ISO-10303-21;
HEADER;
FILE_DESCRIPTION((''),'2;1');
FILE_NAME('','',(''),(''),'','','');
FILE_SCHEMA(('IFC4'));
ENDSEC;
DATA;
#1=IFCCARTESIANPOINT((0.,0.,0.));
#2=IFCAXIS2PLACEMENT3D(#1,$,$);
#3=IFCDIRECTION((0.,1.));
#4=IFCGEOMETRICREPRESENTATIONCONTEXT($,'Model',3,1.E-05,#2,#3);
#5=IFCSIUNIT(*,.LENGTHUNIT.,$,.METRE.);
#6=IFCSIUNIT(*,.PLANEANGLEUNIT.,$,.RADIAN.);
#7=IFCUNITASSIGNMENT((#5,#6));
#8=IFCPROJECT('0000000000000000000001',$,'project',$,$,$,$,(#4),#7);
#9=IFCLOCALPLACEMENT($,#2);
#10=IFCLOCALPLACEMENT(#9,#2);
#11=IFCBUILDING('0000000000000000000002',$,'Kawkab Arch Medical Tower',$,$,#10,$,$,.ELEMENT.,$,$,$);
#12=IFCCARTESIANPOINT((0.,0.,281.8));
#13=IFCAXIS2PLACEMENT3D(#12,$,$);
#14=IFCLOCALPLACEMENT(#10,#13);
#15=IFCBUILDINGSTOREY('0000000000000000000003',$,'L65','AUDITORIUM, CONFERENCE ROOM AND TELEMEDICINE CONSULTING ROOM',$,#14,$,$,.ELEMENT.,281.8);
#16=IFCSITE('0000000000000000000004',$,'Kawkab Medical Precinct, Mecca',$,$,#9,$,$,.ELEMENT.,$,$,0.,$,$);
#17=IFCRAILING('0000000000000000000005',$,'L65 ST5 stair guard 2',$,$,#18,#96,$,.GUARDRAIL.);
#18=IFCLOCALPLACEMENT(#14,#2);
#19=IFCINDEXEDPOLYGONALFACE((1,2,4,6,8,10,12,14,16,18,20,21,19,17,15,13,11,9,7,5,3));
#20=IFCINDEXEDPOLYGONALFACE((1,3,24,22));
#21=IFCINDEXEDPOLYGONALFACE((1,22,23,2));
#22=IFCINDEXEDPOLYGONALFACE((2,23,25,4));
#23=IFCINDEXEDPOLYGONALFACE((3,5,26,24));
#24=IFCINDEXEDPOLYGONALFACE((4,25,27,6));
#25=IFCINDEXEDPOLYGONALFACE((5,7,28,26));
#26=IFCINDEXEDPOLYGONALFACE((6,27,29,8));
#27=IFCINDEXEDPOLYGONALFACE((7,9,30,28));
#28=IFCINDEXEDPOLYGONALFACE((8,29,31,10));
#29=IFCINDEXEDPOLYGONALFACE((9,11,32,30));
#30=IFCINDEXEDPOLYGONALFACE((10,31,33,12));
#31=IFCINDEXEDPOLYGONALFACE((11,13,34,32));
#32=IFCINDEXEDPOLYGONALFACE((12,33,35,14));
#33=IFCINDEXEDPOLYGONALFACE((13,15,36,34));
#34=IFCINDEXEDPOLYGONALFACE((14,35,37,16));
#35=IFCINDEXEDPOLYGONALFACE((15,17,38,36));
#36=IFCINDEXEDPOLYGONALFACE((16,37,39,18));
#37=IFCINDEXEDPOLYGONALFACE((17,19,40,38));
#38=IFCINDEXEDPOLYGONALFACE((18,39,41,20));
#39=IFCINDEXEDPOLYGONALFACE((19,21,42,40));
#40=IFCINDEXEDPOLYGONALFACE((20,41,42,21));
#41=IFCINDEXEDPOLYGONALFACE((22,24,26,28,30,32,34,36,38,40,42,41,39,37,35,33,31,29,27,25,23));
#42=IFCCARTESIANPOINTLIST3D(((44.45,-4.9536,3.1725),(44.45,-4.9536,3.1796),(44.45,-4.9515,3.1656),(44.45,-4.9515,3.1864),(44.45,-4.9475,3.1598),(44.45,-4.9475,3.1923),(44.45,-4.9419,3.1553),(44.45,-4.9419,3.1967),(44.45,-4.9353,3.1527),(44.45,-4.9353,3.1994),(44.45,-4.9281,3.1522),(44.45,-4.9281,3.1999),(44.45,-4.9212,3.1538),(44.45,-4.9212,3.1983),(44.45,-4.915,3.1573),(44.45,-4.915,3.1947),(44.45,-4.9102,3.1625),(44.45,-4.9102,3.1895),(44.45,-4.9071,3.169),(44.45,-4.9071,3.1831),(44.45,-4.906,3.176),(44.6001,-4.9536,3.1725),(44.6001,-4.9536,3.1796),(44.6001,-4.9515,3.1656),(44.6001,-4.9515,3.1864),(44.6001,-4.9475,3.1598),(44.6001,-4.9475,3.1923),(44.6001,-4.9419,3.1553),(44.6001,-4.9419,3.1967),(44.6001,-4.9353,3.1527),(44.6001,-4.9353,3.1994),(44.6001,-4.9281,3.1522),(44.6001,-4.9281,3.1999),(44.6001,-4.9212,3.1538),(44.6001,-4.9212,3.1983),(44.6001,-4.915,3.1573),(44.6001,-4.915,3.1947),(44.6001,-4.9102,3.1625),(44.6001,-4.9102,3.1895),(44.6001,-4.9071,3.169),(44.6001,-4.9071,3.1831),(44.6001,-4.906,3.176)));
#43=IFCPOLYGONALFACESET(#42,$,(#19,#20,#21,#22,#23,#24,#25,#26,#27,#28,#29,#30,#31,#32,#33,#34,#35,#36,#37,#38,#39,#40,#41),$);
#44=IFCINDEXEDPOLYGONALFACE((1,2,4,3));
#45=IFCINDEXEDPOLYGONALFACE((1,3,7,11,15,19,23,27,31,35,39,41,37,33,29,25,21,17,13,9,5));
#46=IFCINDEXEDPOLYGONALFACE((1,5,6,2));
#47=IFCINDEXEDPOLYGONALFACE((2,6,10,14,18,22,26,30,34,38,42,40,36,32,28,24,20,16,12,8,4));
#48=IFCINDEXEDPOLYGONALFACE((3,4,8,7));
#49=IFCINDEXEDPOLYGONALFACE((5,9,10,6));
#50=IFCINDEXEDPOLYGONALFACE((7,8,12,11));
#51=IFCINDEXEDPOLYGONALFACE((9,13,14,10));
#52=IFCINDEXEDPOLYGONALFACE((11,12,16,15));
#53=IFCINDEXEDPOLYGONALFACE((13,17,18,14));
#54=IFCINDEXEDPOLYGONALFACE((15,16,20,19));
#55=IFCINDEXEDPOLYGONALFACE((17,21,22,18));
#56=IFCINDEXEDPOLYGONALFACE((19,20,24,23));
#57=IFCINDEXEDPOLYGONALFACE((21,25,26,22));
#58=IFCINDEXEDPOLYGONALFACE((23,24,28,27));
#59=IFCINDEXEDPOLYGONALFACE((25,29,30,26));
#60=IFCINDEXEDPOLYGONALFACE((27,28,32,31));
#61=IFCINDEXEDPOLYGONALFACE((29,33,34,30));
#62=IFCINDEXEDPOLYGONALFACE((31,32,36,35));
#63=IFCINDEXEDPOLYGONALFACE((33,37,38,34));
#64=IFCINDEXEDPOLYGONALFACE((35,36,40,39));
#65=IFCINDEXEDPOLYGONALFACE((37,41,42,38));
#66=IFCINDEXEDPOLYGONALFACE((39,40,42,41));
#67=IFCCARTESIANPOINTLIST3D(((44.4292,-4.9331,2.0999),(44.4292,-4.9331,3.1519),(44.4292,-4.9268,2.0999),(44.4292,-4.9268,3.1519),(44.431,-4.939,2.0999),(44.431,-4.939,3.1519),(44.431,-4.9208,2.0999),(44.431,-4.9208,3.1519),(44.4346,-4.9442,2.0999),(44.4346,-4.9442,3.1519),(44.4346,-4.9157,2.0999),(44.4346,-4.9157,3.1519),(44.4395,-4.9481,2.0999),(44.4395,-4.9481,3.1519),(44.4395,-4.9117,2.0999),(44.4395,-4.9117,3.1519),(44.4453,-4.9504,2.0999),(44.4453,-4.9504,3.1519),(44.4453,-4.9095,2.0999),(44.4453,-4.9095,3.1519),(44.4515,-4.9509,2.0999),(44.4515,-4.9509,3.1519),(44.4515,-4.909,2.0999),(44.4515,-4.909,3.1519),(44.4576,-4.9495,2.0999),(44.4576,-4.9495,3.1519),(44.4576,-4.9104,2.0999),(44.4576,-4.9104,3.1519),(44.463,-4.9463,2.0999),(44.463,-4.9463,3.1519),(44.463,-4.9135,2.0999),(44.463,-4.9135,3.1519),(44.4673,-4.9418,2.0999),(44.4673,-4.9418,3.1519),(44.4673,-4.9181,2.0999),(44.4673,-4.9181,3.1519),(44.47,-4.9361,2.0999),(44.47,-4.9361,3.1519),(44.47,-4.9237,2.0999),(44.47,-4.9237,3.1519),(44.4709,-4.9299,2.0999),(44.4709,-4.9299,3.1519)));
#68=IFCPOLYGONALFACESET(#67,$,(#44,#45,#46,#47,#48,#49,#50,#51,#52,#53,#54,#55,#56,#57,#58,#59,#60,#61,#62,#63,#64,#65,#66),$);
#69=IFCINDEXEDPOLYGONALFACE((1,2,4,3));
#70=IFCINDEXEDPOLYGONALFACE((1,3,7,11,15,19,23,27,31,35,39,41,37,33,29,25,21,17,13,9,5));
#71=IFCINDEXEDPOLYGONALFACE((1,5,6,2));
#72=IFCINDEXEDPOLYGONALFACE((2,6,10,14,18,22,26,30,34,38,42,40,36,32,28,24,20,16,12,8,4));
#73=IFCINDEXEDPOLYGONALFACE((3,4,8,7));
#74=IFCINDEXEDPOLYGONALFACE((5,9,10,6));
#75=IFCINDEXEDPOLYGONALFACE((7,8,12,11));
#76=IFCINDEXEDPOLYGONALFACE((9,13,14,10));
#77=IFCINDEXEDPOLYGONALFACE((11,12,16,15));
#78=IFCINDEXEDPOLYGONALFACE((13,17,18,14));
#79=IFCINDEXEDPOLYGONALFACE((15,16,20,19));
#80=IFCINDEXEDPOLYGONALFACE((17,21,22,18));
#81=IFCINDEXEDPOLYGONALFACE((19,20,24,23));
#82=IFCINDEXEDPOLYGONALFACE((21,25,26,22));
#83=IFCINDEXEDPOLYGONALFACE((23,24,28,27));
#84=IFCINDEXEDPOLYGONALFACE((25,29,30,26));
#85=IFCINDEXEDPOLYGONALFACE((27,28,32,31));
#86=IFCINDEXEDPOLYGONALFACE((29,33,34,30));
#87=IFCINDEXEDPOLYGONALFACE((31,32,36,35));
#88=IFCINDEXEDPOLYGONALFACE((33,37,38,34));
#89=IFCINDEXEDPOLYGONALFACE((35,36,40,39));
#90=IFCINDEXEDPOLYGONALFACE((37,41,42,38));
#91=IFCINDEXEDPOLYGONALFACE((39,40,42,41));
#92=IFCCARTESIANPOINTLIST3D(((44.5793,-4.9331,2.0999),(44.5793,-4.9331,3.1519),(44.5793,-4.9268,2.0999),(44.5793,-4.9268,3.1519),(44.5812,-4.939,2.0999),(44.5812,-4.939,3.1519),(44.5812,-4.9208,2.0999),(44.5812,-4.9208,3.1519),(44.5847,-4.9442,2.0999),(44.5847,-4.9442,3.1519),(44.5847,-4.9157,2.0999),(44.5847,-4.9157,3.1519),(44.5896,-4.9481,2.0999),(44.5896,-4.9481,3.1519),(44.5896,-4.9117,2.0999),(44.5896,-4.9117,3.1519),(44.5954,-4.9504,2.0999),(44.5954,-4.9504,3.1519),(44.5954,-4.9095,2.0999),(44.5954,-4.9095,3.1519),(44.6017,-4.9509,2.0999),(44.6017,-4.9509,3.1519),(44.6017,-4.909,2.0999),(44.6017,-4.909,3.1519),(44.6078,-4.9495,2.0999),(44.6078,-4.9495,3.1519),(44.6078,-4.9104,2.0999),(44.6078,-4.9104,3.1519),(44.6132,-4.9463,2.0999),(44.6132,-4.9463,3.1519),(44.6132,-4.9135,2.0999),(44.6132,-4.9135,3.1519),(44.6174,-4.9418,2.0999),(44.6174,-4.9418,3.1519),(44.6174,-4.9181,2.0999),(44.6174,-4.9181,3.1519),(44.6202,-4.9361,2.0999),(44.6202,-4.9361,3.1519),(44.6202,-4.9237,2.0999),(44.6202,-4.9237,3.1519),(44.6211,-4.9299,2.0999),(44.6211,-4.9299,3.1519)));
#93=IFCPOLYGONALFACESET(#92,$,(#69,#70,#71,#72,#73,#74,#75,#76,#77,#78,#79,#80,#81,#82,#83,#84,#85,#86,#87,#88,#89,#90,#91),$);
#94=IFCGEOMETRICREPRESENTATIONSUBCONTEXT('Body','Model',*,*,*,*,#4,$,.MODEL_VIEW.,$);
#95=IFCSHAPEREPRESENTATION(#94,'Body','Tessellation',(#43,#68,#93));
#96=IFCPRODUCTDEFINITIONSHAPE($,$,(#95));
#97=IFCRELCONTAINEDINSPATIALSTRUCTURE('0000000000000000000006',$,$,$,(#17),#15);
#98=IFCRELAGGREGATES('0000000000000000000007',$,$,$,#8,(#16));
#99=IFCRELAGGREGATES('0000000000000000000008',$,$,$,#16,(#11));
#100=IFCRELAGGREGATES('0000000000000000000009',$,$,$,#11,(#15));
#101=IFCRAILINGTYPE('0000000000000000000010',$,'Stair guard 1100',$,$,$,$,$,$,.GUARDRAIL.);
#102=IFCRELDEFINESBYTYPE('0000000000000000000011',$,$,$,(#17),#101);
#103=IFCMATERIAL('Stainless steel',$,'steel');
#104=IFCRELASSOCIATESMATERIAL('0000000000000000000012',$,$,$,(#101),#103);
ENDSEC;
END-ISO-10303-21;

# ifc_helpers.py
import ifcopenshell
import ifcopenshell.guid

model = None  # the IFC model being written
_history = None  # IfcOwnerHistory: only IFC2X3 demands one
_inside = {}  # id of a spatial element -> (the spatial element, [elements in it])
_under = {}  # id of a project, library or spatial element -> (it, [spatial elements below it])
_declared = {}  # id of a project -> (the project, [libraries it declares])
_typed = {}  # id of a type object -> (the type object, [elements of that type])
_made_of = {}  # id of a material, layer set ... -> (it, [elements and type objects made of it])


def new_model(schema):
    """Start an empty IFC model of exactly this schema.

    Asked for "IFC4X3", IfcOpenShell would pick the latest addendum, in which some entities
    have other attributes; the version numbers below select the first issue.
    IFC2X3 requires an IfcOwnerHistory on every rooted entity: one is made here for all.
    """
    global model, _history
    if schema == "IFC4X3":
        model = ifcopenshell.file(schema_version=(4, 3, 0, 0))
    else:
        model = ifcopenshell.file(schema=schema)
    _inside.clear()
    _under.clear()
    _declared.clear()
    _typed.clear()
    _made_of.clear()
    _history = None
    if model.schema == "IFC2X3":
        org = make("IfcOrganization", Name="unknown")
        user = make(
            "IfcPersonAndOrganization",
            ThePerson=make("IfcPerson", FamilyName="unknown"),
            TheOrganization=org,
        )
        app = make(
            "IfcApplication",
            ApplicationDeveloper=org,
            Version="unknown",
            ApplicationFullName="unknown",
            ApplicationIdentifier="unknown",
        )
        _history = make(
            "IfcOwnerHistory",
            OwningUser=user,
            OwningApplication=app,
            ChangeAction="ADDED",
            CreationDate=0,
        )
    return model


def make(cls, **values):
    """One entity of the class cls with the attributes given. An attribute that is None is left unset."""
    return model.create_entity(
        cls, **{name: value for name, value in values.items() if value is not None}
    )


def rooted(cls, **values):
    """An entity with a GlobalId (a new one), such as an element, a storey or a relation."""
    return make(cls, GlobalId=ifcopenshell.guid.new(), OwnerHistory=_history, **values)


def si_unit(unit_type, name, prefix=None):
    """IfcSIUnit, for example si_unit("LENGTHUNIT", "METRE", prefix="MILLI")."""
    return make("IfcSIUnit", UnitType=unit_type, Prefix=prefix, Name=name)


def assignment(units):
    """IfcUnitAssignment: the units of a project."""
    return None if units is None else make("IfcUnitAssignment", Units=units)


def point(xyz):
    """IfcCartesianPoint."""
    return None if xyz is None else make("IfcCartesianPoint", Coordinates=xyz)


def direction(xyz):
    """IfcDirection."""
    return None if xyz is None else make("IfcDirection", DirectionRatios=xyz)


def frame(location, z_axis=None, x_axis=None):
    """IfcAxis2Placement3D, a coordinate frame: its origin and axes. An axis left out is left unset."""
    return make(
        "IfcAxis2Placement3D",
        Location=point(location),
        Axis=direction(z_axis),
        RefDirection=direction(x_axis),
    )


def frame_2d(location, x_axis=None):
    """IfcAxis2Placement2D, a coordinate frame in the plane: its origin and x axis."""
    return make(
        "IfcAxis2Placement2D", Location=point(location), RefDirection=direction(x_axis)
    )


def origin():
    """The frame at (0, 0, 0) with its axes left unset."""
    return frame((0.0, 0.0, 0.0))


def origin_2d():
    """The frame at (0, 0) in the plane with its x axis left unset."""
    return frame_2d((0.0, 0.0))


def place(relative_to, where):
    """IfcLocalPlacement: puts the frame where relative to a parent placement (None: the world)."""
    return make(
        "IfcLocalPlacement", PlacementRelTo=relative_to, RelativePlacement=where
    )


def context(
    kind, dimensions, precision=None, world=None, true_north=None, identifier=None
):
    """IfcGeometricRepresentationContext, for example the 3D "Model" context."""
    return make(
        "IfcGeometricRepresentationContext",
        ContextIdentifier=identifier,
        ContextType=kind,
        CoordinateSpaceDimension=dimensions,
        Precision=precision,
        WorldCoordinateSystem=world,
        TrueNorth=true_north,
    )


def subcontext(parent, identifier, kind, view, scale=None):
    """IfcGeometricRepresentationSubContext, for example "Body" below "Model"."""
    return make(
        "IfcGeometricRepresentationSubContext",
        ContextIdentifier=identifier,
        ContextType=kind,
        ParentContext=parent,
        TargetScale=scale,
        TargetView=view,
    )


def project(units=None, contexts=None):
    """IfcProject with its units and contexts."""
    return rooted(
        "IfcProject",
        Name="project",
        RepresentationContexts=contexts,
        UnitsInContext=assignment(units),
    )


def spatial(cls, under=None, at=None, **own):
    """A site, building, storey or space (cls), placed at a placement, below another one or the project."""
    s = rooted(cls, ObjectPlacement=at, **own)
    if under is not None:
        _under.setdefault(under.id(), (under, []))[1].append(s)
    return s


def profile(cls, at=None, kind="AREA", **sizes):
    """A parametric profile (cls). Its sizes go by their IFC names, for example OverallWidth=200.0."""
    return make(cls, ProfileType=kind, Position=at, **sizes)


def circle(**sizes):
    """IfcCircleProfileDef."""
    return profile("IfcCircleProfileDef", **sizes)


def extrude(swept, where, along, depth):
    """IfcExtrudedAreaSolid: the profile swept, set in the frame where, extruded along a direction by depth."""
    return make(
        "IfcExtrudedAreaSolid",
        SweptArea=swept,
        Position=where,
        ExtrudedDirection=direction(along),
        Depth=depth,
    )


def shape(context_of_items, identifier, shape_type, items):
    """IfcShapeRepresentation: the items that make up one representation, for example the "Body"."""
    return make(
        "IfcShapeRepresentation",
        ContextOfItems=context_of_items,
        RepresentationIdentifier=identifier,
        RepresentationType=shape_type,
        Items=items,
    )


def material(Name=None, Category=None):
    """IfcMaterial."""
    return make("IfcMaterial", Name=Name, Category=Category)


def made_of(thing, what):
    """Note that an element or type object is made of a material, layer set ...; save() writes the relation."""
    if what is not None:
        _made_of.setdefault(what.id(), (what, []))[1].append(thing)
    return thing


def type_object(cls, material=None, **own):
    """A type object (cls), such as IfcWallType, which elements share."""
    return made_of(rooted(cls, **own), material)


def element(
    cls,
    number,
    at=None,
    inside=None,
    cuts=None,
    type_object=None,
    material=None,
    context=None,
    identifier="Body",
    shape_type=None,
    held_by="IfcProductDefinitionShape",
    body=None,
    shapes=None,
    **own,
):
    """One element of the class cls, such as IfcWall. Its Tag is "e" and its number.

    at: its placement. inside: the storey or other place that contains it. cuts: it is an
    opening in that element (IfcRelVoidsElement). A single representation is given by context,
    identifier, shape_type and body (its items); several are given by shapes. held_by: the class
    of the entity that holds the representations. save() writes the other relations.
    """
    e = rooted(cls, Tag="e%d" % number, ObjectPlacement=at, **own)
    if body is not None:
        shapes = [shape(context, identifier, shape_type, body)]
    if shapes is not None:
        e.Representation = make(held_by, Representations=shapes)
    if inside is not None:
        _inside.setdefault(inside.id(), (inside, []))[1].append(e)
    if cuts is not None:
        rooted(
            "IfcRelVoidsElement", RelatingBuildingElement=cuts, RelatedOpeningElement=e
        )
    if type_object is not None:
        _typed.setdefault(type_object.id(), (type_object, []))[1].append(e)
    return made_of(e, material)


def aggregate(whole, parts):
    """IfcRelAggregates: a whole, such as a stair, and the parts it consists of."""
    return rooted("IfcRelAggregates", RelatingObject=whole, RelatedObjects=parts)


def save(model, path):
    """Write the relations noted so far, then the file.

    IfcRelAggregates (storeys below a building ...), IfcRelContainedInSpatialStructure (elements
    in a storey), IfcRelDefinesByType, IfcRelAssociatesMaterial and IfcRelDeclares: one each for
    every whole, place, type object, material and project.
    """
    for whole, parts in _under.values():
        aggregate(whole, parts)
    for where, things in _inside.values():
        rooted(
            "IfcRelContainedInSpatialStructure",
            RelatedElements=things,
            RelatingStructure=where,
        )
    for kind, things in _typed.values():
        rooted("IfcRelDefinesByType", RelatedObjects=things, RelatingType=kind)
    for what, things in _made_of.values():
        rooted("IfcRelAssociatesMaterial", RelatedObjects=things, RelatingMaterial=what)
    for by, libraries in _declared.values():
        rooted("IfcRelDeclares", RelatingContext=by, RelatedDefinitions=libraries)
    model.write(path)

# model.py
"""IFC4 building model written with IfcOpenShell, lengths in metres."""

from ifc_helpers import new_model, si_unit, direction, frame, origin, origin_2d, place, context, subcontext, project, spatial, circle, extrude, material, type_object, element, save


model = new_model("IFC4")

# Units and contexts
model_context = context("Model", 3, precision=1e-05, world=origin(), true_north=direction((0.0, 1.0)))
body_context = subcontext(model_context, "Body", "Model", "MODEL_VIEW")
ifc_project = project(units=[si_unit("LENGTHUNIT", "METRE"), si_unit("PLANEANGLEUNIT", "RADIAN")], contexts=[model_context])

# Site, building, storey
site_placement = place(None, origin())
site = spatial("IfcSite", under=ifc_project, at=site_placement, Name="Kawkab Medical Precinct, Mecca", CompositionType="ELEMENT", RefElevation=0.0)
building_placement = place(site_placement, origin())
building = spatial("IfcBuilding", under=site, at=building_placement, Name="Kawkab Arch Medical Tower", CompositionType="ELEMENT")
storey_placement = place(building_placement, frame((0.0, 0.0, 281.8)))
storey = spatial("IfcBuildingStorey", under=building, at=storey_placement, Name="L65", Description="AUDITORIUM, CONFERENCE ROOM AND TELEMEDICINE CONSULTING ROOM", CompositionType="ELEMENT", Elevation=281.8)

# Railing
ifc_material_1 = material(Name="Stainless steel", Category="steel")
railing_type_1 = type_object("IfcRailingType", Name="Stair guard 1100", PredefinedType="GUARDRAIL", material=ifc_material_1)
railing_1_placement = place(storey_placement, frame((44.45, -4.9299, 2.0999)))
element("IfcRailing", 1, at=railing_1_placement, inside=storey, type_object=railing_type_1, Name="L65 ST5 stair guard 2", PredefinedType="GUARDRAIL", context=body_context, shape_type="SweptSolid", body=[
    extrude(circle(Radius=0.0239, at=origin_2d()), frame((0.0, 0.0, 1.0762), z_axis=(1.0, 0.0, 0.0), x_axis=(0.0, 1.0, 0.0)), (0.0, 0.0, 1.0), 0.1501),
    extrude(circle(Radius=0.021, at=origin_2d()), origin(), (0.0, 0.0, 1.0), 1.052),
    extrude(circle(Radius=0.021, at=origin_2d()), frame((0.1501, 0.0, 0.0)), (0.0, 0.0, 1.0), 1.052),
])

save(model, "model.ifc")
